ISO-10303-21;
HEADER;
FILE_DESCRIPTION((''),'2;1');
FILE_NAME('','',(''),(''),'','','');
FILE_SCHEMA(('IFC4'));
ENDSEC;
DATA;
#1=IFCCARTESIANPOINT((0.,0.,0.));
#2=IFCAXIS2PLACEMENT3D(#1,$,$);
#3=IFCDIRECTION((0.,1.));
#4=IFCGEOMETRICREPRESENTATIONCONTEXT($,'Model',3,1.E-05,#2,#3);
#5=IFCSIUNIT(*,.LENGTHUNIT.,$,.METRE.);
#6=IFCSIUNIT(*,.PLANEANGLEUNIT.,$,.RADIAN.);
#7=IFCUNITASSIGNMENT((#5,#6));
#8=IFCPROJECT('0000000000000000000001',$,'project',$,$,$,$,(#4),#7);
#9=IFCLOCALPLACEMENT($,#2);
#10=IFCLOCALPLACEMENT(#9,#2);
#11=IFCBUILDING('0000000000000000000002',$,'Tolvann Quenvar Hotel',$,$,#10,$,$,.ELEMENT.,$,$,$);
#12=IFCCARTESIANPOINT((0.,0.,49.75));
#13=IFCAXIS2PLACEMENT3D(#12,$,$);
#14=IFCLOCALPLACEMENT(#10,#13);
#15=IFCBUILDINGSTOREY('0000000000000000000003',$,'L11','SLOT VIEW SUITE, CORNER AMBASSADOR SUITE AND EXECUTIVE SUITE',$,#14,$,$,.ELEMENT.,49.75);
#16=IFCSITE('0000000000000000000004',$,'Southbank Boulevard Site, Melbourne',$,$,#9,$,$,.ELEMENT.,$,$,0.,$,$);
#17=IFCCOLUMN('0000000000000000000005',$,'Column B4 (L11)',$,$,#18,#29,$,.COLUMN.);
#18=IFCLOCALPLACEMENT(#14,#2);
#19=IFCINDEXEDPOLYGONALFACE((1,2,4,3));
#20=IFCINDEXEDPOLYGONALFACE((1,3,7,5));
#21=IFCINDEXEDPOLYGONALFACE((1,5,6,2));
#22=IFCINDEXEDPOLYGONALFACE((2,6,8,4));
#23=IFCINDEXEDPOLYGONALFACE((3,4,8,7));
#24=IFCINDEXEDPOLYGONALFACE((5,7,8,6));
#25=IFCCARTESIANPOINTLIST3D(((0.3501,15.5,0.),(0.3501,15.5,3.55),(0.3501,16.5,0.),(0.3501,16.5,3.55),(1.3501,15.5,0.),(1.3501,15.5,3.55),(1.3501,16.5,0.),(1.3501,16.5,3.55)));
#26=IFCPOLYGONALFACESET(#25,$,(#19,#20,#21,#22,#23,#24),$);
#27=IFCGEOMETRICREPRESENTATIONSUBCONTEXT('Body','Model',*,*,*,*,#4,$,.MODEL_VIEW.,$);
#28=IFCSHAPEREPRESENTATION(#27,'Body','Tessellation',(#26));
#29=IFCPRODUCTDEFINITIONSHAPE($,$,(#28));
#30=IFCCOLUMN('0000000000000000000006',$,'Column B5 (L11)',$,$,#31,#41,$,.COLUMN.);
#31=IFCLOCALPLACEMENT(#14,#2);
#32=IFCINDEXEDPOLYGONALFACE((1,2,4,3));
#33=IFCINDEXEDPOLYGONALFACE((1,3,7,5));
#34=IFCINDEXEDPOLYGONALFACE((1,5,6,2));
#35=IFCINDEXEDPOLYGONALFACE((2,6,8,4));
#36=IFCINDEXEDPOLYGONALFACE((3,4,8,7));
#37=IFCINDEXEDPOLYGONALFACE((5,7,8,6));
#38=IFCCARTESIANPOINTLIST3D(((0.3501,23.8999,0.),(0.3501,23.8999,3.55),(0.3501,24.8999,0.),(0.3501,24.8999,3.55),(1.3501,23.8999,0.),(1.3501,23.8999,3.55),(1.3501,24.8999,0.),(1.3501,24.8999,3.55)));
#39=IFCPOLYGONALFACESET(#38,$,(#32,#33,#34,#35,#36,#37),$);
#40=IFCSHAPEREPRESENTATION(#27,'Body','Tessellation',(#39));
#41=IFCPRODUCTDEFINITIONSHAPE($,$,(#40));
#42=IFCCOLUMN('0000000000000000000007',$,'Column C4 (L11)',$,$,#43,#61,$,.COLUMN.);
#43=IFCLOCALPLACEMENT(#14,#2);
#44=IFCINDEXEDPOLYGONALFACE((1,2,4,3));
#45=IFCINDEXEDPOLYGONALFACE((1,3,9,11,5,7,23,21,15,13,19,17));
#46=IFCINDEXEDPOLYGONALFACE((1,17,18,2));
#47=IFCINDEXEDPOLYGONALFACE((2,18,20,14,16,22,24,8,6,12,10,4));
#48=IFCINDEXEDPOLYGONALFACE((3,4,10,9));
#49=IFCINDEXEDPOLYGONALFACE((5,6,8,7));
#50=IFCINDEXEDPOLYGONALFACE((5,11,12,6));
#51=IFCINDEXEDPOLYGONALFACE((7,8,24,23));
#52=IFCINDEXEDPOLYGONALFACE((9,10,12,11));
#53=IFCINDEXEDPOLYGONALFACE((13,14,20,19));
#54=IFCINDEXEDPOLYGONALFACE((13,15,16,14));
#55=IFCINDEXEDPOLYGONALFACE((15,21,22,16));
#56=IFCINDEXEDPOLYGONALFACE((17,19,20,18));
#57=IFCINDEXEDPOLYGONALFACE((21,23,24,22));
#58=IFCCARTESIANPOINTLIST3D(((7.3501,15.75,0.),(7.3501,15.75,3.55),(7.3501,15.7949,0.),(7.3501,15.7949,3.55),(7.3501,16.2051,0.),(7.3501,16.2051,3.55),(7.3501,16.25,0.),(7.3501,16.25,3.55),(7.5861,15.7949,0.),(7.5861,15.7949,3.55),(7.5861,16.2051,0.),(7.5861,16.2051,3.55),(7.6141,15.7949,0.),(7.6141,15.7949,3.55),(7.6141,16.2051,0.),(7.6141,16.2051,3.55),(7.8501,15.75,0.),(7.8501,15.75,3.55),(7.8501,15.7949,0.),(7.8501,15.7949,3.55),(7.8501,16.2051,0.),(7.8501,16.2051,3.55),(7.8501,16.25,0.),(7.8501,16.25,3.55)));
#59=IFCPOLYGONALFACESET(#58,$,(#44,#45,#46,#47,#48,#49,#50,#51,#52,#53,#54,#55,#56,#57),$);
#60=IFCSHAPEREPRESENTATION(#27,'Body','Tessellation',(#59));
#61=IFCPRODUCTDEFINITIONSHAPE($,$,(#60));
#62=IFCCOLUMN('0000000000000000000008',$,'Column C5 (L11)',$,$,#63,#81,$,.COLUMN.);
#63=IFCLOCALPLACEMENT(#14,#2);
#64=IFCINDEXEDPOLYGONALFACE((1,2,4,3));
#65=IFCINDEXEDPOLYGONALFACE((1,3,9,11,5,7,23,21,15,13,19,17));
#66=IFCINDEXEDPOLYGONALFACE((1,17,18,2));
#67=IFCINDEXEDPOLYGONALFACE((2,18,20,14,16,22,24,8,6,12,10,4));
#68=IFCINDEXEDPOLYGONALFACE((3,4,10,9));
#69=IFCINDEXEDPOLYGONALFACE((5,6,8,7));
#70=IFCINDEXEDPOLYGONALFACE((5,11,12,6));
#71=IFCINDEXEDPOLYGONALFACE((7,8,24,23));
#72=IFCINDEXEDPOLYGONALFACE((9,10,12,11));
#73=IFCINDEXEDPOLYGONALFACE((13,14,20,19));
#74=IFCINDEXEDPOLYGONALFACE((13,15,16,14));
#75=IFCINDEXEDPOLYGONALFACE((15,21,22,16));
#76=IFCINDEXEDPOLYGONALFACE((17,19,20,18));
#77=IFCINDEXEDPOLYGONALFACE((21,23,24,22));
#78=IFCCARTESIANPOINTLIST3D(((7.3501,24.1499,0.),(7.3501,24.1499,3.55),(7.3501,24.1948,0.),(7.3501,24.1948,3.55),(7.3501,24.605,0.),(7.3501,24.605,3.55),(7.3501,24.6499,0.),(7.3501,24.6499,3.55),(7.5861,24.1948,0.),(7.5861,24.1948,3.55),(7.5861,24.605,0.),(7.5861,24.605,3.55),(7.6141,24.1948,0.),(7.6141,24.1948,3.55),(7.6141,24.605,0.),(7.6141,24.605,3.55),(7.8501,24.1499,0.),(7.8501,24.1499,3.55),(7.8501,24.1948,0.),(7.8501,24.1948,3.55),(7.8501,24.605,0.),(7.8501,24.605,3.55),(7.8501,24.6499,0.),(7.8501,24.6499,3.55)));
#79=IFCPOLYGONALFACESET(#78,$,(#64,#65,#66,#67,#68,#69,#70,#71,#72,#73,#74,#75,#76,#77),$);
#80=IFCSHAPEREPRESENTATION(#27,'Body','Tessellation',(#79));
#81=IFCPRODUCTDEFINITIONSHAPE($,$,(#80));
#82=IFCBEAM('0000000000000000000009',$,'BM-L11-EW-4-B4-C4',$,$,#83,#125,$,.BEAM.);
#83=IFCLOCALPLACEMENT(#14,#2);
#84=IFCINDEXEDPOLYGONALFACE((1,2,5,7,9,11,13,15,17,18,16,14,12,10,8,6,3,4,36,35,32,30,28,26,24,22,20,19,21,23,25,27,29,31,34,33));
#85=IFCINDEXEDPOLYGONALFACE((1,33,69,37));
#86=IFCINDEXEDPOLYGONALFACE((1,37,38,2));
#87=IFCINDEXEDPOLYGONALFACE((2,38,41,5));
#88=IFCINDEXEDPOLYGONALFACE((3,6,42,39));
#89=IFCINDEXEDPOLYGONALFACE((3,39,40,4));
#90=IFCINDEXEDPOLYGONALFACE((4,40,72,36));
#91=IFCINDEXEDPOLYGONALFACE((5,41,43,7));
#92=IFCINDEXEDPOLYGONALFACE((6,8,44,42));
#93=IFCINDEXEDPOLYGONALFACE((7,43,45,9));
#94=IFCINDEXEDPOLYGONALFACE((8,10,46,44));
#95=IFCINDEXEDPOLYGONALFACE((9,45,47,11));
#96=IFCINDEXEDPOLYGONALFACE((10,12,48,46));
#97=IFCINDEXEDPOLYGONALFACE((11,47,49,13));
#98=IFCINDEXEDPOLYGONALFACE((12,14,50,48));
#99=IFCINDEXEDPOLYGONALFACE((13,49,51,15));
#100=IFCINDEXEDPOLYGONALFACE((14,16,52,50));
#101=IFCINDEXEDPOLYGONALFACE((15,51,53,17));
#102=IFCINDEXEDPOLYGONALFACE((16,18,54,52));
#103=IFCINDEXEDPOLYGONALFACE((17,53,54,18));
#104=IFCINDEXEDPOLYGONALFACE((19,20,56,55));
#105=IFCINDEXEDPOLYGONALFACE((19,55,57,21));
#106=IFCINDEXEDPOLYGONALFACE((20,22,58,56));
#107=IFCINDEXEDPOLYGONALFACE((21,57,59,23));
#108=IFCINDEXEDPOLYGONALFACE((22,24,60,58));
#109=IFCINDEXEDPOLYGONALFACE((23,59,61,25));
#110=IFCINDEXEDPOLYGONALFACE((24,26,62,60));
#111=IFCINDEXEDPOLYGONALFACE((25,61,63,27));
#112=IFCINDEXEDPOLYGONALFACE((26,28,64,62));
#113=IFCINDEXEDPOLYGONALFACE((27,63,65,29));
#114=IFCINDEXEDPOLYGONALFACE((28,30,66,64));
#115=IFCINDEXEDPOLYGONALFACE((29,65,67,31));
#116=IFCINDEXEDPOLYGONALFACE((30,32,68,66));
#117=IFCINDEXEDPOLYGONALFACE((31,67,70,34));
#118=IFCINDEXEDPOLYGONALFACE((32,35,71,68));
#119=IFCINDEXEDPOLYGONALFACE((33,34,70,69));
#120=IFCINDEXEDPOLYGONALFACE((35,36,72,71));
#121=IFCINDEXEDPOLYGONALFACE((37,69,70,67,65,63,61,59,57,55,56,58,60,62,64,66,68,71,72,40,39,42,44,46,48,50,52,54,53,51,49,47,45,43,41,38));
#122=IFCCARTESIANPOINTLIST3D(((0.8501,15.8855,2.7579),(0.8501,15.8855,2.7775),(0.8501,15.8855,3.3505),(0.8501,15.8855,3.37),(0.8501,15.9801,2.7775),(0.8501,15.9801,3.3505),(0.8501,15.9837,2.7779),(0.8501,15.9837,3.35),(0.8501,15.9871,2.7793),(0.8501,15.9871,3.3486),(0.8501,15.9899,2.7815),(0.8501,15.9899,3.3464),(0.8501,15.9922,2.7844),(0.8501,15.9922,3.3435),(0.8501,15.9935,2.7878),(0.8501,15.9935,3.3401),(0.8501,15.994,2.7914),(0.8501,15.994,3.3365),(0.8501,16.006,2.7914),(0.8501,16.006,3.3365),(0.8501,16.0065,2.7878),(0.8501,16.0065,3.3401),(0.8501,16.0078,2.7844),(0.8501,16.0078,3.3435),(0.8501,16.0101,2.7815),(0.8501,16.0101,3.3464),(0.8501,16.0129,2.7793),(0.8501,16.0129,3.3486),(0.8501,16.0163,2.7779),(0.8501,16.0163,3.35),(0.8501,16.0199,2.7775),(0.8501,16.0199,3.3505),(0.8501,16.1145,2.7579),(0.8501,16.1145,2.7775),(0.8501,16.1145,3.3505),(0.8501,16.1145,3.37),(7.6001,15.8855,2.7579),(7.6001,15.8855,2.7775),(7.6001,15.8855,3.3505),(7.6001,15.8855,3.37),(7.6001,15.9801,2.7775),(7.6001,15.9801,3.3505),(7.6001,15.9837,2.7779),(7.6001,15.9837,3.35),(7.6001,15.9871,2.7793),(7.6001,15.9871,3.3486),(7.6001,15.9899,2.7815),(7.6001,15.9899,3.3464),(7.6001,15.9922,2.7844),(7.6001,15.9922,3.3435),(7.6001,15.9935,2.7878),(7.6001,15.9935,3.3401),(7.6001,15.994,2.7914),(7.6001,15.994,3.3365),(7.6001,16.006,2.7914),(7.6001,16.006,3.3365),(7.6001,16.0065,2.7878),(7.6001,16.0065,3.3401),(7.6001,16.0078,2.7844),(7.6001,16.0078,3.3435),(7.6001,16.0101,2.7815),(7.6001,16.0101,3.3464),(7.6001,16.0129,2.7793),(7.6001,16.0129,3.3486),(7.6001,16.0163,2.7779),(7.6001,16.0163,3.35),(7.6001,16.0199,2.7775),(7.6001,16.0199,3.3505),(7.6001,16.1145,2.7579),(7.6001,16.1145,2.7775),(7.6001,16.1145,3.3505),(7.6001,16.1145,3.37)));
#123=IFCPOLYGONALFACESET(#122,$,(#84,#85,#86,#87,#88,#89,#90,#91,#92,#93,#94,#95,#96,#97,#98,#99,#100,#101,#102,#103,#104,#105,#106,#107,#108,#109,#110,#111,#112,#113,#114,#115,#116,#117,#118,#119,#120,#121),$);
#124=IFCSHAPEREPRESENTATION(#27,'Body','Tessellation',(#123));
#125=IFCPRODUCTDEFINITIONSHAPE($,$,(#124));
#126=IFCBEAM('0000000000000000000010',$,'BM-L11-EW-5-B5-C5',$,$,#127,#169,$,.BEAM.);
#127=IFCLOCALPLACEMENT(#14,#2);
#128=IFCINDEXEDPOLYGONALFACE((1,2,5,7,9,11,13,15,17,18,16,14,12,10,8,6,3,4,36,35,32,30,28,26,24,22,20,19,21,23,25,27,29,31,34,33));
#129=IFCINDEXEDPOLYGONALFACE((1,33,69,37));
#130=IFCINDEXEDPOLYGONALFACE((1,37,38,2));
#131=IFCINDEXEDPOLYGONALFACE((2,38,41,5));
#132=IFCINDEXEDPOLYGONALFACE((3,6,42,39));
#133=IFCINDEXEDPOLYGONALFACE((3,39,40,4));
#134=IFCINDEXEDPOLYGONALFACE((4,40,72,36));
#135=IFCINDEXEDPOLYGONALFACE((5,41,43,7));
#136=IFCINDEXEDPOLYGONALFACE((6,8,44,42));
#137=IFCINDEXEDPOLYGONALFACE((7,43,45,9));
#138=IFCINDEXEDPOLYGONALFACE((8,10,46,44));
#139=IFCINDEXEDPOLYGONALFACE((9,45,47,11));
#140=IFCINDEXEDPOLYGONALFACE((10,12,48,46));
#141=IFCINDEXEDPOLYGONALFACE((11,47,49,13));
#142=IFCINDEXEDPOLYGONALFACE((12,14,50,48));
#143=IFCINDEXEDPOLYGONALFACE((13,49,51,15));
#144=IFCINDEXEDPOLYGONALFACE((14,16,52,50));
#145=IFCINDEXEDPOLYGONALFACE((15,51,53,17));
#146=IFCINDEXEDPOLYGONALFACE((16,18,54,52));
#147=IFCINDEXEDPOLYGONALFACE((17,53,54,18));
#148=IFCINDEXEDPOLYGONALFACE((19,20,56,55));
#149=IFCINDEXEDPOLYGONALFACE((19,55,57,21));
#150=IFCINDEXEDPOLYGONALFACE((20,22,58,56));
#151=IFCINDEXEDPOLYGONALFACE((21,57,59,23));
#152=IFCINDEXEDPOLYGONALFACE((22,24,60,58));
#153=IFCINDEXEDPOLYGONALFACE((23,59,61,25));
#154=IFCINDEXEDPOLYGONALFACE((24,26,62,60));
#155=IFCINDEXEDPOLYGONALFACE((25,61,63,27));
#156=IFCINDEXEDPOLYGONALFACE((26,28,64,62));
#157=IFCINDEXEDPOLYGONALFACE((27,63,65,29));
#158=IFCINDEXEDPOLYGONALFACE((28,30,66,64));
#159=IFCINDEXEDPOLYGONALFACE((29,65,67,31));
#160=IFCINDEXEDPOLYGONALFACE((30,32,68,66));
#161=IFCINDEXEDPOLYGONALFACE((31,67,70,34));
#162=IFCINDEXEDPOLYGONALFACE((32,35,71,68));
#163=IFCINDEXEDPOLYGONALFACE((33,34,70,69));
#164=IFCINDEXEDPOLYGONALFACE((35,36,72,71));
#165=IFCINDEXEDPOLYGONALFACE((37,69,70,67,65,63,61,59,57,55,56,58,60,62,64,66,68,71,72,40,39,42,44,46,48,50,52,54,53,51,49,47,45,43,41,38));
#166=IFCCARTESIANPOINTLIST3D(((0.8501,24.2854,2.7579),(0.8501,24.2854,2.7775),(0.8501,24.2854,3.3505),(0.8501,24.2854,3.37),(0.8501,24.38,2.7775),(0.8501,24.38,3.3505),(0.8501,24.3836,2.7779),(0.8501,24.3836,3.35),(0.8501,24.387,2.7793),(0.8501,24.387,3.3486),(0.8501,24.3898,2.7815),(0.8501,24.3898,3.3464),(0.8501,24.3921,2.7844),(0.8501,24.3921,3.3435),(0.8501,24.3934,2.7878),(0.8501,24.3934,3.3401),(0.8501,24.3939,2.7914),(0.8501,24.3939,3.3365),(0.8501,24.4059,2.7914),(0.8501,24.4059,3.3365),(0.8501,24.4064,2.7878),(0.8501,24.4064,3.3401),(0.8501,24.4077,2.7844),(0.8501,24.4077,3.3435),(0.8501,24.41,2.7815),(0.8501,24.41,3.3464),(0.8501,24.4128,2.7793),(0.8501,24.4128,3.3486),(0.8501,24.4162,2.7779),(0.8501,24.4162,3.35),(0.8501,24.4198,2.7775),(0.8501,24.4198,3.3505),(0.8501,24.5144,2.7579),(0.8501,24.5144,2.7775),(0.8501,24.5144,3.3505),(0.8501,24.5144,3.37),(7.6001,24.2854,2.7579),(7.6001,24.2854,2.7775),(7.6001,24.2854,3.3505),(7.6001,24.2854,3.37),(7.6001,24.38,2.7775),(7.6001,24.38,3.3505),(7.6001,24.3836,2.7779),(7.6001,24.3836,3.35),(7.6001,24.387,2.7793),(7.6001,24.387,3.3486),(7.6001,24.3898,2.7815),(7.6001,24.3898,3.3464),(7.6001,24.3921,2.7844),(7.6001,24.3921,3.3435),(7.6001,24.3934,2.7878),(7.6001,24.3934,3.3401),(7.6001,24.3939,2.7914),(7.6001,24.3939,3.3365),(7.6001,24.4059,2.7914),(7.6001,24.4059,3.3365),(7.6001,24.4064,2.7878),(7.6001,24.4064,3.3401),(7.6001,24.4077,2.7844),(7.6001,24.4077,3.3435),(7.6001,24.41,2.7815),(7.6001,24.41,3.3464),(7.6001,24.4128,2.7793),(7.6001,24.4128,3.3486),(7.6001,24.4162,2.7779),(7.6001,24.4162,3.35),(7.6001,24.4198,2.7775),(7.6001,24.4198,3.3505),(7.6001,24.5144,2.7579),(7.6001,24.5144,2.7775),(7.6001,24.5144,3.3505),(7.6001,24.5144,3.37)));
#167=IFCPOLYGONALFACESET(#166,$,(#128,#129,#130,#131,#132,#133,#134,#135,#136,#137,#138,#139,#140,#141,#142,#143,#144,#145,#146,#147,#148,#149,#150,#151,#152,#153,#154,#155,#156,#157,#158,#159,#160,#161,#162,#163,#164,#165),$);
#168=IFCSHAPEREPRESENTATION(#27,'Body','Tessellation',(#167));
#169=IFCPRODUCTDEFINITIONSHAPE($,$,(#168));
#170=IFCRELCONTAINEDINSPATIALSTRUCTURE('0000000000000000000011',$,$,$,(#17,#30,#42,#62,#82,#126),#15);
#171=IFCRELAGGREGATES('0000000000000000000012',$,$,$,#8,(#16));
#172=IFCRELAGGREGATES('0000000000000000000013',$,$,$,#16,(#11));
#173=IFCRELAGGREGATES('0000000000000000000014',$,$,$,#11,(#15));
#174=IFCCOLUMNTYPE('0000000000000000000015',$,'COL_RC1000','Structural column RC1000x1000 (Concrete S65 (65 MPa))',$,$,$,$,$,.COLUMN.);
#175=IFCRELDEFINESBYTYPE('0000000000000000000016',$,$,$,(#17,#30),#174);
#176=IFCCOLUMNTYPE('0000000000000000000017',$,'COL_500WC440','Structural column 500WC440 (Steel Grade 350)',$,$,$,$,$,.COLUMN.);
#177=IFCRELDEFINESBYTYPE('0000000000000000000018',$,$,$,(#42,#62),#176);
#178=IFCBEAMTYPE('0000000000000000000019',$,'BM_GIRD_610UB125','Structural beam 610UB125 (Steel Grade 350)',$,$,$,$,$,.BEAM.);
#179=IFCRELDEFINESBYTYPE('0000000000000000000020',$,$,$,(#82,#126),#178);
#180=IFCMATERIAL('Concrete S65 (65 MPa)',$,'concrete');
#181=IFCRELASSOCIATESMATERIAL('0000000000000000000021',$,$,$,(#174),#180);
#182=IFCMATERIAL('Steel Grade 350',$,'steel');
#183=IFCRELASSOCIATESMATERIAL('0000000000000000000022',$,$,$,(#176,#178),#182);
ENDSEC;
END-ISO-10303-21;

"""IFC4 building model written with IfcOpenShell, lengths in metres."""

from ifc_helpers import new_model, si_unit, direction, frame, origin, origin_2d, place, context, subcontext, project, spatial, rectangle, i_section, extrude, source, transform, mapped, material, material_profile, profile_set, type_object, type_shapes, element, save


model = new_model("IFC4")

# Units and contexts
model_context = context("Model", 3, precision=1e-05, world=origin(), true_north=direction((0.0, 1.0)))
body_context = subcontext(model_context, "Body", "Model", "MODEL_VIEW")
ifc_project = project(units=[si_unit("LENGTHUNIT", "METRE"), si_unit("PLANEANGLEUNIT", "RADIAN")], contexts=[model_context])

# Site, building, storey
site_placement = place(None, origin())
site = spatial("IfcSite", under=ifc_project, at=site_placement, Name="Southbank Boulevard Site, Melbourne", CompositionType="ELEMENT", RefElevation=0.0)
building_placement = place(site_placement, origin())
building = spatial("IfcBuilding", under=site, at=building_placement, Name="Tolvann Quenvar Hotel", CompositionType="ELEMENT")
storey_placement = place(building_placement, frame((0.0, 0.0, 49.75)))
storey = spatial("IfcBuildingStorey", under=building, at=storey_placement, Name="L11", Description="SLOT VIEW SUITE, CORNER AMBASSADOR SUITE AND EXECUTIVE SUITE", CompositionType="ELEMENT", Elevation=49.75)

# Columns
ifc_material_1 = material(Name="Concrete S65 (65 MPa)", Category="concrete")
ifc_material_profile_1 = material_profile(ifc_material_1, rectangle(XDim=1.0, YDim=1.0, at=origin_2d()), Name="RC1000x1000")
ifc_profile_set_1 = profile_set([ifc_material_profile_1], Name="Concrete S65 (65 MPa)")
column_type_1 = type_object("IfcColumnType", Name="COL_RC1000", Description="Structural column RC1000x1000 (Concrete S65 (65 MPa))", PredefinedType="COLUMN", material=ifc_profile_set_1)
shared_shape_1 = source(origin(), body_context, "Body", "SweptSolid", [
    extrude(rectangle(XDim=1.0, YDim=1.0, at=origin_2d()), origin(), (0.0, 0.0, 1.0), 3.55),
])
type_shapes(column_type_1, [shared_shape_1])
for number, where, z_axis, x_axis, name in (
    (1, (0.8501, 16.0, 0.0), (0.0, 0.0, 1.0), (1.0, 0.0, 0.0), "Column B4 (L11)"),
    (2, (0.8501, 24.3999, 0.0), (0.0, 0.0, 1.0), (1.0, 0.0, 0.0), "Column B5 (L11)"),
):
    element("IfcColumn", number, at=place(storey_placement, frame(where, z_axis=z_axis, x_axis=x_axis)), inside=storey, type_object=column_type_1, Name=name, PredefinedType="COLUMN", context=body_context, shape_type="MappedRepresentation", body=[
        mapped(shared_shape_1, transform((0.0, 0.0, 0.0), x_axis=(1.0, 0.0, 0.0), y_axis=(0.0, 1.0, 0.0), z_axis=(0.0, 0.0, 1.0), scale=1.0)),
    ])
ifc_material_2 = material(Name="Steel Grade 350", Category="steel")
ifc_material_profile_2 = material_profile(ifc_material_2, i_section(OverallWidth=0.5, OverallDepth=0.5, WebThickness=0.0281, FlangeThickness=0.0449, at=origin_2d()), Name="500WC440")
ifc_profile_set_2 = profile_set([ifc_material_profile_2], Name="Steel Grade 350")
column_type_2 = type_object("IfcColumnType", Name="COL_500WC440", Description="Structural column 500WC440 (Steel Grade 350)", PredefinedType="COLUMN", material=ifc_profile_set_2)
shared_shape_2 = source(origin(), body_context, "Body", "SweptSolid", [
    extrude(i_section(OverallWidth=0.5, OverallDepth=0.5, WebThickness=0.0281, FlangeThickness=0.0449, at=origin_2d()), origin(), (0.0, 0.0, 1.0), 3.55),
])
type_shapes(column_type_2, [shared_shape_2])
for number, where, z_axis, x_axis, name in (
    (3, (7.6001, 16.0, 0.0), (0.0, 0.0, 1.0), (1.0, 0.0, 0.0), "Column C4 (L11)"),
    (4, (7.6001, 24.3999, 0.0), (0.0, 0.0, 1.0), (1.0, 0.0, 0.0), "Column C5 (L11)"),
):
    element("IfcColumn", number, at=place(storey_placement, frame(where, z_axis=z_axis, x_axis=x_axis)), inside=storey, type_object=column_type_2, Name=name, PredefinedType="COLUMN", context=body_context, shape_type="MappedRepresentation", body=[
        mapped(shared_shape_2, transform((0.0, 0.0, 0.0), x_axis=(1.0, 0.0, 0.0), y_axis=(0.0, 1.0, 0.0), z_axis=(0.0, 0.0, 1.0), scale=1.0)),
    ])

# Beams
ifc_material_profile_3 = material_profile(ifc_material_2, i_section(OverallWidth=0.229, OverallDepth=0.6121, WebThickness=0.012, FlangeThickness=0.0195, FilletRadius=0.0139, at=origin_2d()), Name="610UB125")
ifc_profile_set_3 = profile_set([ifc_material_profile_3], Name="Steel Grade 350")
beam_type_1 = type_object("IfcBeamType", Name="BM_GIRD_610UB125", Description="Structural beam 610UB125 (Steel Grade 350)", PredefinedType="BEAM", material=ifc_profile_set_3)
shared_shape_3 = source(origin(), body_context, "Body", "SweptSolid", [
    extrude(i_section(OverallWidth=0.229, OverallDepth=0.6121, WebThickness=0.012, FlangeThickness=0.0195, FilletRadius=0.0139, at=origin_2d()), origin(), (0.0, 0.0, 1.0), 6.75),
])
for number, where, z_axis, x_axis, name in (
    (5, (0.8501, 16.0, 3.064), (1.0, 0.0, 0.0), (0.0, 1.0, 0.0), "BM-L11-EW-4-B4-C4"),
    (6, (0.8501, 24.3999, 3.064), (1.0, 0.0, 0.0), (0.0, 1.0, 0.0), "BM-L11-EW-5-B5-C5"),
):
    element("IfcBeam", number, at=place(storey_placement, frame(where, z_axis=z_axis, x_axis=x_axis)), inside=storey, type_object=beam_type_1, Name=name, PredefinedType="BEAM", context=body_context, shape_type="MappedRepresentation", body=[
        mapped(shared_shape_3, transform((0.0, 0.0, 0.0), x_axis=(1.0, 0.0, 0.0), y_axis=(0.0, 1.0, 0.0), z_axis=(0.0, 0.0, 1.0), scale=1.0)),
    ])

save(model, "model.ifc")
